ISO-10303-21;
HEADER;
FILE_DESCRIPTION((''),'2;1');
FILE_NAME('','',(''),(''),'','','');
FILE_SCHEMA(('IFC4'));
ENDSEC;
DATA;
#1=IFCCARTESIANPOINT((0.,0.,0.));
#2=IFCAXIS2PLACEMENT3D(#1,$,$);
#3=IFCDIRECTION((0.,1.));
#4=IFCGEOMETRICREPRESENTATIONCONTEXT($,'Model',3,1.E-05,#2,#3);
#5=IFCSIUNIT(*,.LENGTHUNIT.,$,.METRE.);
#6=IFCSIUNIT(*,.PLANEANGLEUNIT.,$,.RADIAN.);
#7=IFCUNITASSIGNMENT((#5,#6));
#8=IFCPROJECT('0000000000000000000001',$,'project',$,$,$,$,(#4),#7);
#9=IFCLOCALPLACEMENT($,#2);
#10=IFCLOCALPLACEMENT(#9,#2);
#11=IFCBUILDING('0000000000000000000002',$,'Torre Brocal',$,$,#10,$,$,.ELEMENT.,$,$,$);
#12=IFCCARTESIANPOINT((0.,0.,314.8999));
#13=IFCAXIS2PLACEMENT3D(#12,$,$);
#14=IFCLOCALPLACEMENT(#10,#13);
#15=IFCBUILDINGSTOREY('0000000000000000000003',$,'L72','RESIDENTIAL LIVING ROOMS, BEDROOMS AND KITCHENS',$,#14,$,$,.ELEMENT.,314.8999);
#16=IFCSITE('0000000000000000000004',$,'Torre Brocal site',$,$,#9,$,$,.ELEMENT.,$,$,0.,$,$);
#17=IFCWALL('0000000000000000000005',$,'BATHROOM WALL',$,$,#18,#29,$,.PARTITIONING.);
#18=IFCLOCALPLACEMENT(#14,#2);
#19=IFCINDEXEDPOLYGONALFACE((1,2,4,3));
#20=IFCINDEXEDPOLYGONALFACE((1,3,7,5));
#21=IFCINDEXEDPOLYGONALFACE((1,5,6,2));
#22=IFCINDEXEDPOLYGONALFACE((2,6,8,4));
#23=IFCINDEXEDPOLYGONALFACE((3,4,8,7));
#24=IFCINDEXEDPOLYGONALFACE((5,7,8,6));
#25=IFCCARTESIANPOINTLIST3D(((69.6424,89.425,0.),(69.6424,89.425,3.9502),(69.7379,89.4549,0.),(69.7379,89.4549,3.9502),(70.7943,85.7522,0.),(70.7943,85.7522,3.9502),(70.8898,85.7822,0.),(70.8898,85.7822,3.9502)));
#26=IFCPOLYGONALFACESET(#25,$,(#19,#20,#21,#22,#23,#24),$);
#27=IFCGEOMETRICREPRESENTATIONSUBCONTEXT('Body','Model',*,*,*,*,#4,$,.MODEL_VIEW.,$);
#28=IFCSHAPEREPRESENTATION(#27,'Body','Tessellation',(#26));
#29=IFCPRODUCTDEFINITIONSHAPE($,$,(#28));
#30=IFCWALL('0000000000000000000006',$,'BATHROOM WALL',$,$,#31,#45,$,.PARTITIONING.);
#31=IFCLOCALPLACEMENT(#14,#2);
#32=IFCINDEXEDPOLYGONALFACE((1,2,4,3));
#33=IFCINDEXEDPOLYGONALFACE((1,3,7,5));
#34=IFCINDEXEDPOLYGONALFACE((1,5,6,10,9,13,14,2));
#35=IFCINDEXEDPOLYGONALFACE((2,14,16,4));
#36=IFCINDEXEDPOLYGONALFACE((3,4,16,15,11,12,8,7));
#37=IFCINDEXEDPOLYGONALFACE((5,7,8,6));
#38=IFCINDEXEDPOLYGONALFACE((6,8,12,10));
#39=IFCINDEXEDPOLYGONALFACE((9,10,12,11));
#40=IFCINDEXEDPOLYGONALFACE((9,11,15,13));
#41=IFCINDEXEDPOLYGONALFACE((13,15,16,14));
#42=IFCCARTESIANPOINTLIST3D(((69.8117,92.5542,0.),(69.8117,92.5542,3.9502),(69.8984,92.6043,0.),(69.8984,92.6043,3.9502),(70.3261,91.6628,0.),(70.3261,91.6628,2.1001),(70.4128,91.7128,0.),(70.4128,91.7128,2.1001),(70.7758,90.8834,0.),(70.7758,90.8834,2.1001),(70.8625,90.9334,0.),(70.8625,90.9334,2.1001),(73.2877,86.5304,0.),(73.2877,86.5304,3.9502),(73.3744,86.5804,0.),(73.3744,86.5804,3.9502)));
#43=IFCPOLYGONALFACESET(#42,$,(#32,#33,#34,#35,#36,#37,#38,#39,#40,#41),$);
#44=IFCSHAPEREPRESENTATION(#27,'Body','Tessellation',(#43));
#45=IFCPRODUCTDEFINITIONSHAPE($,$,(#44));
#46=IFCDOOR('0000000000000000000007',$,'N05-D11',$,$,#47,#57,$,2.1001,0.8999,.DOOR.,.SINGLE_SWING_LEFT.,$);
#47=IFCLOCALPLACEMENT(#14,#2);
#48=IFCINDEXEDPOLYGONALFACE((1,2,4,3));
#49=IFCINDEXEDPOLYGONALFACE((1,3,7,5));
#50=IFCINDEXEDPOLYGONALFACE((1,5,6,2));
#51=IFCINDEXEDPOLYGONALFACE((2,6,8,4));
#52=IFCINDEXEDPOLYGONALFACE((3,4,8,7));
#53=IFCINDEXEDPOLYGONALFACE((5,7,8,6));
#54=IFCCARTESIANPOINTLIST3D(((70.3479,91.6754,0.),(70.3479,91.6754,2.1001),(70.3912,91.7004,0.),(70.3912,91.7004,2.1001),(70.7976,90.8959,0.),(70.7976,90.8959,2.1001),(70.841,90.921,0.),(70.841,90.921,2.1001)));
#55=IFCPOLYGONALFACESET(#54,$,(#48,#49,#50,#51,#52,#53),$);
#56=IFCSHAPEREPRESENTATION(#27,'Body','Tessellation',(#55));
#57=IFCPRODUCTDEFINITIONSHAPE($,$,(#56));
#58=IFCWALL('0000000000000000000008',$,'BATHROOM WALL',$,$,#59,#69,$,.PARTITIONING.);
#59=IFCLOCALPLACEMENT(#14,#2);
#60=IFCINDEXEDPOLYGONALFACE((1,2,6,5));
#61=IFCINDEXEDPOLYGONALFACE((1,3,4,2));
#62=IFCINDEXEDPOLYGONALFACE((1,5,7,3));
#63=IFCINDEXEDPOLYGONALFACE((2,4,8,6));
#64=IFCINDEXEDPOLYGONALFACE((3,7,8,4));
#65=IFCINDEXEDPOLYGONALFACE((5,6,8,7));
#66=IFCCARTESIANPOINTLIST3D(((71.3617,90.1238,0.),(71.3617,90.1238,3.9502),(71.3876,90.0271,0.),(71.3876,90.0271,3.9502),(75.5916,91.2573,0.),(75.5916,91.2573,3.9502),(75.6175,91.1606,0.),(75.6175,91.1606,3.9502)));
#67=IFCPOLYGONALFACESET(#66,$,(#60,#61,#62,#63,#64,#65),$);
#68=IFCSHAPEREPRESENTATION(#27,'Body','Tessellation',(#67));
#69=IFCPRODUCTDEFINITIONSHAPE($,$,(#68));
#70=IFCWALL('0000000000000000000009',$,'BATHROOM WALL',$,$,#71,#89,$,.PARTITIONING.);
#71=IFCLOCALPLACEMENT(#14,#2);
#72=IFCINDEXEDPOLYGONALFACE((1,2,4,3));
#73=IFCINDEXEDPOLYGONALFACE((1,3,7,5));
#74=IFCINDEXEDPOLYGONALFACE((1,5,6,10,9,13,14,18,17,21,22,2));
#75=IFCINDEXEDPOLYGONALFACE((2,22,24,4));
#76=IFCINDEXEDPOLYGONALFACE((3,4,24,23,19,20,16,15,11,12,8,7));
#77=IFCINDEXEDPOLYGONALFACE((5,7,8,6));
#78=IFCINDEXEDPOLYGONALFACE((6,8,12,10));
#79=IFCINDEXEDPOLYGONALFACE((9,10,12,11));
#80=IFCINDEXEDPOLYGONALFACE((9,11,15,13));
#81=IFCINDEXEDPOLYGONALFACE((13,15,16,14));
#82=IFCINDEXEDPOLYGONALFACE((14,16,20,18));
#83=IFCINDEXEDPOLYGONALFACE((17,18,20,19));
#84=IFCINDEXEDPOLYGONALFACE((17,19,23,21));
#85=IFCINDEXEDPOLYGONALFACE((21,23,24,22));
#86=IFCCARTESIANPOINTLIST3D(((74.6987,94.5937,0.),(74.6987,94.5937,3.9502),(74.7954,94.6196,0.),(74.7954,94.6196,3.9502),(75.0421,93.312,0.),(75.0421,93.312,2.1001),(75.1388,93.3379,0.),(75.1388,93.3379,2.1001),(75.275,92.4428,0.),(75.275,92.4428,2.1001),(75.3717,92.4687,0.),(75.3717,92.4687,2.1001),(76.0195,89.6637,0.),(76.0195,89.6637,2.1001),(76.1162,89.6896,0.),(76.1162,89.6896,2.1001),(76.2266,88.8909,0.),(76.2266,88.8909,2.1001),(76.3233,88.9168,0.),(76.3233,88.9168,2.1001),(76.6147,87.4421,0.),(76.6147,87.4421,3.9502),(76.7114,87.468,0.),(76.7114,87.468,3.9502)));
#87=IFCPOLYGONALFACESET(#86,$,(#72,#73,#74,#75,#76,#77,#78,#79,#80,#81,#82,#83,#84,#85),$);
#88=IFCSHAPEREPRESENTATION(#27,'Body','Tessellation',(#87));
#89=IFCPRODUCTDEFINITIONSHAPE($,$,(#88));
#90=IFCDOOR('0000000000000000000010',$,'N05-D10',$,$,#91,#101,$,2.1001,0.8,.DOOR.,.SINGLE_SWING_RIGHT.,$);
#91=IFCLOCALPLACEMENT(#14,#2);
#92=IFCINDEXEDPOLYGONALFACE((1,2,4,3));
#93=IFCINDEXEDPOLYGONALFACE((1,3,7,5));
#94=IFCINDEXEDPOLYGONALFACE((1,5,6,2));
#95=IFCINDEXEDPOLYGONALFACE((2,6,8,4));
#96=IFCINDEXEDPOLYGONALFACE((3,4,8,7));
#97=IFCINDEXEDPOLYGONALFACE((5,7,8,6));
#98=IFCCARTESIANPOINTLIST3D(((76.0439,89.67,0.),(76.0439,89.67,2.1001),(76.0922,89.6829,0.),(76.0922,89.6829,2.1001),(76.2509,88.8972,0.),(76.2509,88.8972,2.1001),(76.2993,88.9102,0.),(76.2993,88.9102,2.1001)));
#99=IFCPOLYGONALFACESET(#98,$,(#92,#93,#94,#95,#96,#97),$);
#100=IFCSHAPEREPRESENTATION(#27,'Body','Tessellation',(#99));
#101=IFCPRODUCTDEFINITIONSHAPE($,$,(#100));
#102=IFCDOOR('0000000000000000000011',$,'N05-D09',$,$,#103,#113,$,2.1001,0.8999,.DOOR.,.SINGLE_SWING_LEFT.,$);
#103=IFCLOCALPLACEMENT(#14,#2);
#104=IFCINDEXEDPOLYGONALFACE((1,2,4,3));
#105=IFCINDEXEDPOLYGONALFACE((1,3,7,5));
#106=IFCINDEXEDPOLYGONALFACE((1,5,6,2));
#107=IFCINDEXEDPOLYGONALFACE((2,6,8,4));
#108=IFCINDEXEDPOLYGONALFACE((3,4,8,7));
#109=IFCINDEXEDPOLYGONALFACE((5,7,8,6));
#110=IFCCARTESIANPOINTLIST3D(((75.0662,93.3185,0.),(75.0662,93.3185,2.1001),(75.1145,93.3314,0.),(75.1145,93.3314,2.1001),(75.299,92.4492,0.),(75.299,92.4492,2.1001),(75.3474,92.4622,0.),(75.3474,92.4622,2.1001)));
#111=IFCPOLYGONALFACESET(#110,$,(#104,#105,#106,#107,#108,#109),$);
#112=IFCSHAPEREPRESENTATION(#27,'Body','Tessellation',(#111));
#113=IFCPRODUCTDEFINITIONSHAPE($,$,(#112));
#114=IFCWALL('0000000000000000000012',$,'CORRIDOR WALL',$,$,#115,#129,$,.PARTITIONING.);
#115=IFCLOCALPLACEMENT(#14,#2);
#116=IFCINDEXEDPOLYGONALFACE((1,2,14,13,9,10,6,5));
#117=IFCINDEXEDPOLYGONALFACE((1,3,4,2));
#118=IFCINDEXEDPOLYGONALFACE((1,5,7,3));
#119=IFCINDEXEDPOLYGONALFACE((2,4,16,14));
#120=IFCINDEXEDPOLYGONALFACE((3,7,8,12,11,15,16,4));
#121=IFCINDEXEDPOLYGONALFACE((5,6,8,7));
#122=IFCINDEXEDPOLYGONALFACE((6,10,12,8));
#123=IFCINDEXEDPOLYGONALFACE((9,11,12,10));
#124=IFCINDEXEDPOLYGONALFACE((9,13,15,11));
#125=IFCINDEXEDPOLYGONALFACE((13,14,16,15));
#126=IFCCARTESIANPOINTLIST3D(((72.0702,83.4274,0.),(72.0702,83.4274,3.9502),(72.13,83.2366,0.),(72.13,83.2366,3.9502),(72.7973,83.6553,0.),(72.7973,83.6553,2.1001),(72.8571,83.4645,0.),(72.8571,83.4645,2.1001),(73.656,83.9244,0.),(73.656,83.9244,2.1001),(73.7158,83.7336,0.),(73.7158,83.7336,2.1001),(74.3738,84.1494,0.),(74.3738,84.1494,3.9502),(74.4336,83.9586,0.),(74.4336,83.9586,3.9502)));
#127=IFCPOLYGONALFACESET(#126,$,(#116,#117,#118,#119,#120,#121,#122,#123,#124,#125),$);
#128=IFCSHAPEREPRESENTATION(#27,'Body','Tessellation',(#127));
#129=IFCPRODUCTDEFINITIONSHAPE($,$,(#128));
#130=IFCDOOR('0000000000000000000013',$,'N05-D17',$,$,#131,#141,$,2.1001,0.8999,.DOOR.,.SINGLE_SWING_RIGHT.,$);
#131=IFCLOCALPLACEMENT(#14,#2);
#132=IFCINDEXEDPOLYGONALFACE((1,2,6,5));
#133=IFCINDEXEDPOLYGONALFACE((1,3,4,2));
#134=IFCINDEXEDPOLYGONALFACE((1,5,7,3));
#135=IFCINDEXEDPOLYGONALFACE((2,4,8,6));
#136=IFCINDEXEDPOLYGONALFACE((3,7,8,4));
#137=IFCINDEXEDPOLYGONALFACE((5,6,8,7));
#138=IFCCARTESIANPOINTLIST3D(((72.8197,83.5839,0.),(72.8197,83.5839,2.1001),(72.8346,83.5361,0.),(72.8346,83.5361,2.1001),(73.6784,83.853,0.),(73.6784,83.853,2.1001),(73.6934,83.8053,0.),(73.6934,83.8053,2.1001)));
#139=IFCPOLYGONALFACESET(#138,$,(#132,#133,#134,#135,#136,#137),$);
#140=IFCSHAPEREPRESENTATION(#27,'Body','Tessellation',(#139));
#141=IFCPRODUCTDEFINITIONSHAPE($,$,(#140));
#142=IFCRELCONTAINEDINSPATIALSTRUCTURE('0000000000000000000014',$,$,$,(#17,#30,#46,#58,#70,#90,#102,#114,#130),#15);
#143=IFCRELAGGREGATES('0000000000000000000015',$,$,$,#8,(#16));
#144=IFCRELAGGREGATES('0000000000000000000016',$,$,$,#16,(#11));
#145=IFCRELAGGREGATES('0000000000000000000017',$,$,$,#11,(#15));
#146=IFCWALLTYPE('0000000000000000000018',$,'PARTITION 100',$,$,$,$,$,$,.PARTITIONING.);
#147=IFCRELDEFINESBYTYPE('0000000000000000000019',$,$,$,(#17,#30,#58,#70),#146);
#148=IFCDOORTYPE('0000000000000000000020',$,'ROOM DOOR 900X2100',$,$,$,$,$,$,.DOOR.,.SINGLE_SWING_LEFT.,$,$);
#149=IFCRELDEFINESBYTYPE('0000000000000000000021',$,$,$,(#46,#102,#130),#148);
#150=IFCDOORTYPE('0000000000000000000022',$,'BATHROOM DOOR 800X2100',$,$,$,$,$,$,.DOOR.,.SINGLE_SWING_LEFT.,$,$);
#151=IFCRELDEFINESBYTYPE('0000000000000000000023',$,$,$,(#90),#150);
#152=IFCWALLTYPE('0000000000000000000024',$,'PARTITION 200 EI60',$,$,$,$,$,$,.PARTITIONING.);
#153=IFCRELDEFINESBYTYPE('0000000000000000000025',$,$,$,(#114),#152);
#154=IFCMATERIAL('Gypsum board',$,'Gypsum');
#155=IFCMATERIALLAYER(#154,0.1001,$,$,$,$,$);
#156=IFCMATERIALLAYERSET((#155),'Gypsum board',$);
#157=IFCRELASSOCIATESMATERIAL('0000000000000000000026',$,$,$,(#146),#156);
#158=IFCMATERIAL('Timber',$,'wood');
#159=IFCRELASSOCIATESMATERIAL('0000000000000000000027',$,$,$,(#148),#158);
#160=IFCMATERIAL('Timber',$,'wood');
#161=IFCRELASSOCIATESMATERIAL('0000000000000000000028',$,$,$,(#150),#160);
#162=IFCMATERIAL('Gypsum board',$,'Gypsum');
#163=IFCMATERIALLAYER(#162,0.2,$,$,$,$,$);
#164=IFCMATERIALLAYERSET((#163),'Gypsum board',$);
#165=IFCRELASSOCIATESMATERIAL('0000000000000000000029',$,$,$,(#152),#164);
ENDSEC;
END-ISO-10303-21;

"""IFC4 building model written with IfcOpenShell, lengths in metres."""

from ifc_helpers import new_model, si_unit, direction, frame, frame_2d, origin, place, context, subcontext, project, spatial, rectangle, extrude, material, layer, layer_set, type_object, element, fill, save


model = new_model("IFC4")

# Units and contexts
model_context = context("Model", 3, precision=1e-05, world=origin(), true_north=direction((0.0, 1.0)))
body_context = subcontext(model_context, "Body", "Model", "MODEL_VIEW")
ifc_project = project(units=[si_unit("LENGTHUNIT", "METRE"), si_unit("PLANEANGLEUNIT", "RADIAN")], contexts=[model_context])

# Site, building, storey
site_placement = place(None, origin())
site = spatial("IfcSite", under=ifc_project, at=site_placement, Name="Torre Brocal site", CompositionType="ELEMENT", RefElevation=0.0)
building_placement = place(site_placement, origin())
building = spatial("IfcBuilding", under=site, at=building_placement, Name="Torre Brocal", CompositionType="ELEMENT")
storey_placement = place(building_placement, frame((0.0, 0.0, 314.8999)))
storey = spatial("IfcBuildingStorey", under=building, at=storey_placement, Name="L72", Description="RESIDENTIAL LIVING ROOMS, BEDROOMS AND KITCHENS", CompositionType="ELEMENT", Elevation=314.8999)

# Wall
ifc_material_1 = material(Name="Gypsum board", Category="Gypsum")
ifc_layer_1 = layer(ifc_material_1, 0.1001)
ifc_layer_set_1 = layer_set([ifc_layer_1], Name="Gypsum board")
wall_type_1 = type_object("IfcWallType", Name="PARTITION 100", PredefinedType="PARTITIONING", material=ifc_layer_set_1)
wall_1_placement = place(storey_placement, frame((69.6902, 89.4399, 0.0), z_axis=(0.0, 0.0, 1.0), x_axis=(0.299261, -0.954171, 0.0)))
element("IfcWall", 1, at=wall_1_placement, inside=storey, type_object=wall_type_1, Name="BATHROOM WALL", PredefinedType="PARTITIONING", context=body_context, shape_type="SweptSolid", body=[
    extrude(rectangle(XDim=3.8491, YDim=0.1001, at=frame_2d((1.9246, 0.0))), origin(), (0.0, 0.0, 1.0), 3.9502),
])

# Wall, opening, door
wall_2_placement = place(storey_placement, frame((69.855, 92.5793, 0.0), z_axis=(0.0, 0.0, 1.0), x_axis=(0.499801, -0.86614, 0.0)))
wall_2 = element("IfcWall", 2, at=wall_2_placement, inside=storey, type_object=wall_type_1, Name="BATHROOM WALL", PredefinedType="PARTITIONING", context=body_context, shape_type="SweptSolid", body=[
    extrude(rectangle(XDim=6.9548, YDim=0.1001, at=frame_2d((3.4775, 0.0))), origin(), (0.0, 0.0, 1.0), 3.9502),
])
opening_1_placement = place(wall_2_placement, frame((1.0293, 0.0, 0.0)))
opening_1 = element("IfcOpeningElement", 3, at=opening_1_placement, cuts=wall_2, PredefinedType="OPENING", context=body_context, shape_type="SweptSolid", body=[
    extrude(rectangle(XDim=0.8999, YDim=2.1001, at=frame_2d((0.45, 1.05))), frame((0.0, 0.0601, 0.0), z_axis=(0.0, -1.0, 0.0), x_axis=(1.0, 0.0, 0.0)), (0.0, 0.0, 1.0), 0.1201),
])
ifc_material_2 = material(Name="Timber", Category="wood")
door_type_1 = type_object("IfcDoorType", Name="ROOM DOOR 900X2100", OperationType="SINGLE_SWING_LEFT", PredefinedType="DOOR", material=ifc_material_2)
door_1_placement = place(opening_1_placement, frame((0.8999, 0.0, 0.0), z_axis=(0.0, 0.0, 1.0), x_axis=(-1.0, 0.0, 0.0)))
door_1 = element("IfcDoor", 4, at=door_1_placement, inside=storey, type_object=door_type_1, Name="N05-D11", OperationType="SINGLE_SWING_LEFT", OverallHeight=2.1001, OverallWidth=0.8999, PredefinedType="DOOR", context=body_context, shape_type="SweptSolid", body=[
    extrude(rectangle(XDim=0.8999, YDim=2.1001, at=frame_2d((0.45, 1.05))), frame((0.0, 0.0249, 0.0), z_axis=(0.0, -1.0, 0.0), x_axis=(1.0, 0.0, 0.0)), (0.0, 0.0, 1.0), 0.05),
])
fill(opening_1, door_1)

# Wall
wall_3_placement = place(storey_placement, frame((71.3748, 90.0754, 0.0), z_axis=(0.0, 0.0, 1.0), x_axis=(0.965919, 0.258846, 0.0)))
element("IfcWall", 5, at=wall_3_placement, inside=storey, type_object=wall_type_1, Name="BATHROOM WALL", PredefinedType="PARTITIONING", context=body_context, shape_type="SweptSolid", body=[
    extrude(rectangle(XDim=4.3792, YDim=0.1001, at=frame_2d((2.1895, 0.0))), origin(), (0.0, 0.0, 1.0), 3.9502),
])

# Wall, openings, doors
wall_4_placement = place(storey_placement, frame((74.7471, 94.6067, 0.0), z_axis=(0.0, 0.0, 1.0), x_axis=(0.258787, -0.965934, 0.0)))
wall_4 = element("IfcWall", 6, at=wall_4_placement, inside=storey, type_object=wall_type_1, Name="BATHROOM WALL", PredefinedType="PARTITIONING", context=body_context, shape_type="SweptSolid", body=[
    extrude(rectangle(XDim=7.4038, YDim=0.1001, at=frame_2d((3.7019, 0.0))), origin(), (0.0, 0.0, 1.0), 3.9502),
])
opening_2_placement = place(wall_4_placement, frame((1.3269, 0.0, 0.0)))
opening_2 = element("IfcOpeningElement", 7, at=opening_2_placement, cuts=wall_4, PredefinedType="OPENING", context=body_context, shape_type="SweptSolid", body=[
    extrude(rectangle(XDim=0.8999, YDim=2.1001, at=frame_2d((0.45, 1.05))), frame((0.0, 0.0601, 0.0), z_axis=(0.0, -1.0, 0.0), x_axis=(1.0, 0.0, 0.0)), (0.0, 0.0, 1.0), 0.1201),
])
opening_3_placement = place(wall_4_placement, frame((5.104, 0.0, 0.0)))
opening_3 = element("IfcOpeningElement", 8, at=opening_3_placement, cuts=wall_4, PredefinedType="OPENING", context=body_context, shape_type="SweptSolid", body=[
    extrude(rectangle(XDim=0.8, YDim=2.1001, at=frame_2d((0.3999, 1.05))), frame((0.0, 0.0601, 0.0), z_axis=(0.0, -1.0, 0.0), x_axis=(1.0, 0.0, 0.0)), (0.0, 0.0, 1.0), 0.1201),
])
ifc_material_3 = material(Name="Timber", Category="wood")
door_type_2 = type_object("IfcDoorType", Name="BATHROOM DOOR 800X2100", OperationType="SINGLE_SWING_LEFT", PredefinedType="DOOR", material=ifc_material_3)
door_2_placement = place(opening_3_placement, frame((0.8, 0.0, 0.0), z_axis=(0.0, 0.0, 1.0), x_axis=(-1.0, 0.0, 0.0)))
door_2 = element("IfcDoor", 9, at=door_2_placement, inside=storey, type_object=door_type_2, Name="N05-D10", OperationType="SINGLE_SWING_RIGHT", OverallHeight=2.1001, OverallWidth=0.8, PredefinedType="DOOR", context=body_context, shape_type="SweptSolid", body=[
    extrude(rectangle(XDim=0.8, YDim=2.1001, at=frame_2d((0.3999, 1.05))), frame((0.0, 0.0249, 0.0), z_axis=(0.0, -1.0, 0.0), x_axis=(1.0, 0.0, 0.0)), (0.0, 0.0, 1.0), 0.05),
])
fill(opening_3, door_2)
door_3_placement = place(opening_2_placement, origin())
door_3 = element("IfcDoor", 10, at=door_3_placement, inside=storey, type_object=door_type_1, Name="N05-D09", OperationType="SINGLE_SWING_LEFT", OverallHeight=2.1001, OverallWidth=0.8999, PredefinedType="DOOR", context=body_context, shape_type="SweptSolid", body=[
    extrude(rectangle(XDim=0.8999, YDim=2.1001, at=frame_2d((0.45, 1.05))), frame((0.0, 0.0249, 0.0), z_axis=(0.0, -1.0, 0.0), x_axis=(1.0, 0.0, 0.0)), (0.0, 0.0, 1.0), 0.05),
])
fill(opening_2, door_3)

# Wall, opening, door
ifc_material_4 = material(Name="Gypsum board", Category="Gypsum")
ifc_layer_2 = layer(ifc_material_4, 0.2)
ifc_layer_set_2 = layer_set([ifc_layer_2], Name="Gypsum board")
wall_type_2 = type_object("IfcWallType", Name="PARTITION 200 EI60", PredefinedType="PARTITIONING", material=ifc_layer_set_2)
wall_5_placement = place(storey_placement, frame((72.1001, 83.332, 0.0), z_axis=(0.0, 0.0, 1.0), x_axis=(0.954233, 0.299064, 0.0)))
wall_5 = element("IfcWall", 11, at=wall_5_placement, inside=storey, type_object=wall_type_2, Name="CORRIDOR WALL", PredefinedType="PARTITIONING", context=body_context, shape_type="SweptSolid", body=[
    extrude(rectangle(XDim=2.4141, YDim=0.2, at=frame_2d((1.207, 0.0))), origin(), (0.0, 0.0, 1.0), 3.9502),
])
opening_4_placement = place(wall_5_placement, frame((0.762, 0.0, 0.0)))
opening_4 = element("IfcOpeningElement", 12, at=opening_4_placement, cuts=wall_5, PredefinedType="OPENING", context=body_context, shape_type="SweptSolid", body=[
    extrude(rectangle(XDim=0.8999, YDim=2.1001, at=frame_2d((0.45, 1.05))), frame((0.0, 0.1099, 0.0), z_axis=(0.0, -1.0, 0.0), x_axis=(1.0, 0.0, 0.0)), (0.0, 0.0, 1.0), 0.22),
])
door_4_placement = place(opening_4_placement, frame((0.8999, 0.0, 0.0), z_axis=(0.0, 0.0, 1.0), x_axis=(-1.0, 0.0, 0.0)))
door_4 = element("IfcDoor", 13, at=door_4_placement, inside=storey, type_object=door_type_1, Name="N05-D17", OperationType="SINGLE_SWING_RIGHT", OverallHeight=2.1001, OverallWidth=0.8999, PredefinedType="DOOR", context=body_context, shape_type="SweptSolid", body=[
    extrude(rectangle(XDim=0.8999, YDim=2.1001, at=frame_2d((0.45, 1.05))), frame((0.0, 0.0249, 0.0), z_axis=(0.0, -1.0, 0.0), x_axis=(1.0, 0.0, 0.0)), (0.0, 0.0, 1.0), 0.05),
])
fill(opening_4, door_4)

save(model, "model.ifc")
